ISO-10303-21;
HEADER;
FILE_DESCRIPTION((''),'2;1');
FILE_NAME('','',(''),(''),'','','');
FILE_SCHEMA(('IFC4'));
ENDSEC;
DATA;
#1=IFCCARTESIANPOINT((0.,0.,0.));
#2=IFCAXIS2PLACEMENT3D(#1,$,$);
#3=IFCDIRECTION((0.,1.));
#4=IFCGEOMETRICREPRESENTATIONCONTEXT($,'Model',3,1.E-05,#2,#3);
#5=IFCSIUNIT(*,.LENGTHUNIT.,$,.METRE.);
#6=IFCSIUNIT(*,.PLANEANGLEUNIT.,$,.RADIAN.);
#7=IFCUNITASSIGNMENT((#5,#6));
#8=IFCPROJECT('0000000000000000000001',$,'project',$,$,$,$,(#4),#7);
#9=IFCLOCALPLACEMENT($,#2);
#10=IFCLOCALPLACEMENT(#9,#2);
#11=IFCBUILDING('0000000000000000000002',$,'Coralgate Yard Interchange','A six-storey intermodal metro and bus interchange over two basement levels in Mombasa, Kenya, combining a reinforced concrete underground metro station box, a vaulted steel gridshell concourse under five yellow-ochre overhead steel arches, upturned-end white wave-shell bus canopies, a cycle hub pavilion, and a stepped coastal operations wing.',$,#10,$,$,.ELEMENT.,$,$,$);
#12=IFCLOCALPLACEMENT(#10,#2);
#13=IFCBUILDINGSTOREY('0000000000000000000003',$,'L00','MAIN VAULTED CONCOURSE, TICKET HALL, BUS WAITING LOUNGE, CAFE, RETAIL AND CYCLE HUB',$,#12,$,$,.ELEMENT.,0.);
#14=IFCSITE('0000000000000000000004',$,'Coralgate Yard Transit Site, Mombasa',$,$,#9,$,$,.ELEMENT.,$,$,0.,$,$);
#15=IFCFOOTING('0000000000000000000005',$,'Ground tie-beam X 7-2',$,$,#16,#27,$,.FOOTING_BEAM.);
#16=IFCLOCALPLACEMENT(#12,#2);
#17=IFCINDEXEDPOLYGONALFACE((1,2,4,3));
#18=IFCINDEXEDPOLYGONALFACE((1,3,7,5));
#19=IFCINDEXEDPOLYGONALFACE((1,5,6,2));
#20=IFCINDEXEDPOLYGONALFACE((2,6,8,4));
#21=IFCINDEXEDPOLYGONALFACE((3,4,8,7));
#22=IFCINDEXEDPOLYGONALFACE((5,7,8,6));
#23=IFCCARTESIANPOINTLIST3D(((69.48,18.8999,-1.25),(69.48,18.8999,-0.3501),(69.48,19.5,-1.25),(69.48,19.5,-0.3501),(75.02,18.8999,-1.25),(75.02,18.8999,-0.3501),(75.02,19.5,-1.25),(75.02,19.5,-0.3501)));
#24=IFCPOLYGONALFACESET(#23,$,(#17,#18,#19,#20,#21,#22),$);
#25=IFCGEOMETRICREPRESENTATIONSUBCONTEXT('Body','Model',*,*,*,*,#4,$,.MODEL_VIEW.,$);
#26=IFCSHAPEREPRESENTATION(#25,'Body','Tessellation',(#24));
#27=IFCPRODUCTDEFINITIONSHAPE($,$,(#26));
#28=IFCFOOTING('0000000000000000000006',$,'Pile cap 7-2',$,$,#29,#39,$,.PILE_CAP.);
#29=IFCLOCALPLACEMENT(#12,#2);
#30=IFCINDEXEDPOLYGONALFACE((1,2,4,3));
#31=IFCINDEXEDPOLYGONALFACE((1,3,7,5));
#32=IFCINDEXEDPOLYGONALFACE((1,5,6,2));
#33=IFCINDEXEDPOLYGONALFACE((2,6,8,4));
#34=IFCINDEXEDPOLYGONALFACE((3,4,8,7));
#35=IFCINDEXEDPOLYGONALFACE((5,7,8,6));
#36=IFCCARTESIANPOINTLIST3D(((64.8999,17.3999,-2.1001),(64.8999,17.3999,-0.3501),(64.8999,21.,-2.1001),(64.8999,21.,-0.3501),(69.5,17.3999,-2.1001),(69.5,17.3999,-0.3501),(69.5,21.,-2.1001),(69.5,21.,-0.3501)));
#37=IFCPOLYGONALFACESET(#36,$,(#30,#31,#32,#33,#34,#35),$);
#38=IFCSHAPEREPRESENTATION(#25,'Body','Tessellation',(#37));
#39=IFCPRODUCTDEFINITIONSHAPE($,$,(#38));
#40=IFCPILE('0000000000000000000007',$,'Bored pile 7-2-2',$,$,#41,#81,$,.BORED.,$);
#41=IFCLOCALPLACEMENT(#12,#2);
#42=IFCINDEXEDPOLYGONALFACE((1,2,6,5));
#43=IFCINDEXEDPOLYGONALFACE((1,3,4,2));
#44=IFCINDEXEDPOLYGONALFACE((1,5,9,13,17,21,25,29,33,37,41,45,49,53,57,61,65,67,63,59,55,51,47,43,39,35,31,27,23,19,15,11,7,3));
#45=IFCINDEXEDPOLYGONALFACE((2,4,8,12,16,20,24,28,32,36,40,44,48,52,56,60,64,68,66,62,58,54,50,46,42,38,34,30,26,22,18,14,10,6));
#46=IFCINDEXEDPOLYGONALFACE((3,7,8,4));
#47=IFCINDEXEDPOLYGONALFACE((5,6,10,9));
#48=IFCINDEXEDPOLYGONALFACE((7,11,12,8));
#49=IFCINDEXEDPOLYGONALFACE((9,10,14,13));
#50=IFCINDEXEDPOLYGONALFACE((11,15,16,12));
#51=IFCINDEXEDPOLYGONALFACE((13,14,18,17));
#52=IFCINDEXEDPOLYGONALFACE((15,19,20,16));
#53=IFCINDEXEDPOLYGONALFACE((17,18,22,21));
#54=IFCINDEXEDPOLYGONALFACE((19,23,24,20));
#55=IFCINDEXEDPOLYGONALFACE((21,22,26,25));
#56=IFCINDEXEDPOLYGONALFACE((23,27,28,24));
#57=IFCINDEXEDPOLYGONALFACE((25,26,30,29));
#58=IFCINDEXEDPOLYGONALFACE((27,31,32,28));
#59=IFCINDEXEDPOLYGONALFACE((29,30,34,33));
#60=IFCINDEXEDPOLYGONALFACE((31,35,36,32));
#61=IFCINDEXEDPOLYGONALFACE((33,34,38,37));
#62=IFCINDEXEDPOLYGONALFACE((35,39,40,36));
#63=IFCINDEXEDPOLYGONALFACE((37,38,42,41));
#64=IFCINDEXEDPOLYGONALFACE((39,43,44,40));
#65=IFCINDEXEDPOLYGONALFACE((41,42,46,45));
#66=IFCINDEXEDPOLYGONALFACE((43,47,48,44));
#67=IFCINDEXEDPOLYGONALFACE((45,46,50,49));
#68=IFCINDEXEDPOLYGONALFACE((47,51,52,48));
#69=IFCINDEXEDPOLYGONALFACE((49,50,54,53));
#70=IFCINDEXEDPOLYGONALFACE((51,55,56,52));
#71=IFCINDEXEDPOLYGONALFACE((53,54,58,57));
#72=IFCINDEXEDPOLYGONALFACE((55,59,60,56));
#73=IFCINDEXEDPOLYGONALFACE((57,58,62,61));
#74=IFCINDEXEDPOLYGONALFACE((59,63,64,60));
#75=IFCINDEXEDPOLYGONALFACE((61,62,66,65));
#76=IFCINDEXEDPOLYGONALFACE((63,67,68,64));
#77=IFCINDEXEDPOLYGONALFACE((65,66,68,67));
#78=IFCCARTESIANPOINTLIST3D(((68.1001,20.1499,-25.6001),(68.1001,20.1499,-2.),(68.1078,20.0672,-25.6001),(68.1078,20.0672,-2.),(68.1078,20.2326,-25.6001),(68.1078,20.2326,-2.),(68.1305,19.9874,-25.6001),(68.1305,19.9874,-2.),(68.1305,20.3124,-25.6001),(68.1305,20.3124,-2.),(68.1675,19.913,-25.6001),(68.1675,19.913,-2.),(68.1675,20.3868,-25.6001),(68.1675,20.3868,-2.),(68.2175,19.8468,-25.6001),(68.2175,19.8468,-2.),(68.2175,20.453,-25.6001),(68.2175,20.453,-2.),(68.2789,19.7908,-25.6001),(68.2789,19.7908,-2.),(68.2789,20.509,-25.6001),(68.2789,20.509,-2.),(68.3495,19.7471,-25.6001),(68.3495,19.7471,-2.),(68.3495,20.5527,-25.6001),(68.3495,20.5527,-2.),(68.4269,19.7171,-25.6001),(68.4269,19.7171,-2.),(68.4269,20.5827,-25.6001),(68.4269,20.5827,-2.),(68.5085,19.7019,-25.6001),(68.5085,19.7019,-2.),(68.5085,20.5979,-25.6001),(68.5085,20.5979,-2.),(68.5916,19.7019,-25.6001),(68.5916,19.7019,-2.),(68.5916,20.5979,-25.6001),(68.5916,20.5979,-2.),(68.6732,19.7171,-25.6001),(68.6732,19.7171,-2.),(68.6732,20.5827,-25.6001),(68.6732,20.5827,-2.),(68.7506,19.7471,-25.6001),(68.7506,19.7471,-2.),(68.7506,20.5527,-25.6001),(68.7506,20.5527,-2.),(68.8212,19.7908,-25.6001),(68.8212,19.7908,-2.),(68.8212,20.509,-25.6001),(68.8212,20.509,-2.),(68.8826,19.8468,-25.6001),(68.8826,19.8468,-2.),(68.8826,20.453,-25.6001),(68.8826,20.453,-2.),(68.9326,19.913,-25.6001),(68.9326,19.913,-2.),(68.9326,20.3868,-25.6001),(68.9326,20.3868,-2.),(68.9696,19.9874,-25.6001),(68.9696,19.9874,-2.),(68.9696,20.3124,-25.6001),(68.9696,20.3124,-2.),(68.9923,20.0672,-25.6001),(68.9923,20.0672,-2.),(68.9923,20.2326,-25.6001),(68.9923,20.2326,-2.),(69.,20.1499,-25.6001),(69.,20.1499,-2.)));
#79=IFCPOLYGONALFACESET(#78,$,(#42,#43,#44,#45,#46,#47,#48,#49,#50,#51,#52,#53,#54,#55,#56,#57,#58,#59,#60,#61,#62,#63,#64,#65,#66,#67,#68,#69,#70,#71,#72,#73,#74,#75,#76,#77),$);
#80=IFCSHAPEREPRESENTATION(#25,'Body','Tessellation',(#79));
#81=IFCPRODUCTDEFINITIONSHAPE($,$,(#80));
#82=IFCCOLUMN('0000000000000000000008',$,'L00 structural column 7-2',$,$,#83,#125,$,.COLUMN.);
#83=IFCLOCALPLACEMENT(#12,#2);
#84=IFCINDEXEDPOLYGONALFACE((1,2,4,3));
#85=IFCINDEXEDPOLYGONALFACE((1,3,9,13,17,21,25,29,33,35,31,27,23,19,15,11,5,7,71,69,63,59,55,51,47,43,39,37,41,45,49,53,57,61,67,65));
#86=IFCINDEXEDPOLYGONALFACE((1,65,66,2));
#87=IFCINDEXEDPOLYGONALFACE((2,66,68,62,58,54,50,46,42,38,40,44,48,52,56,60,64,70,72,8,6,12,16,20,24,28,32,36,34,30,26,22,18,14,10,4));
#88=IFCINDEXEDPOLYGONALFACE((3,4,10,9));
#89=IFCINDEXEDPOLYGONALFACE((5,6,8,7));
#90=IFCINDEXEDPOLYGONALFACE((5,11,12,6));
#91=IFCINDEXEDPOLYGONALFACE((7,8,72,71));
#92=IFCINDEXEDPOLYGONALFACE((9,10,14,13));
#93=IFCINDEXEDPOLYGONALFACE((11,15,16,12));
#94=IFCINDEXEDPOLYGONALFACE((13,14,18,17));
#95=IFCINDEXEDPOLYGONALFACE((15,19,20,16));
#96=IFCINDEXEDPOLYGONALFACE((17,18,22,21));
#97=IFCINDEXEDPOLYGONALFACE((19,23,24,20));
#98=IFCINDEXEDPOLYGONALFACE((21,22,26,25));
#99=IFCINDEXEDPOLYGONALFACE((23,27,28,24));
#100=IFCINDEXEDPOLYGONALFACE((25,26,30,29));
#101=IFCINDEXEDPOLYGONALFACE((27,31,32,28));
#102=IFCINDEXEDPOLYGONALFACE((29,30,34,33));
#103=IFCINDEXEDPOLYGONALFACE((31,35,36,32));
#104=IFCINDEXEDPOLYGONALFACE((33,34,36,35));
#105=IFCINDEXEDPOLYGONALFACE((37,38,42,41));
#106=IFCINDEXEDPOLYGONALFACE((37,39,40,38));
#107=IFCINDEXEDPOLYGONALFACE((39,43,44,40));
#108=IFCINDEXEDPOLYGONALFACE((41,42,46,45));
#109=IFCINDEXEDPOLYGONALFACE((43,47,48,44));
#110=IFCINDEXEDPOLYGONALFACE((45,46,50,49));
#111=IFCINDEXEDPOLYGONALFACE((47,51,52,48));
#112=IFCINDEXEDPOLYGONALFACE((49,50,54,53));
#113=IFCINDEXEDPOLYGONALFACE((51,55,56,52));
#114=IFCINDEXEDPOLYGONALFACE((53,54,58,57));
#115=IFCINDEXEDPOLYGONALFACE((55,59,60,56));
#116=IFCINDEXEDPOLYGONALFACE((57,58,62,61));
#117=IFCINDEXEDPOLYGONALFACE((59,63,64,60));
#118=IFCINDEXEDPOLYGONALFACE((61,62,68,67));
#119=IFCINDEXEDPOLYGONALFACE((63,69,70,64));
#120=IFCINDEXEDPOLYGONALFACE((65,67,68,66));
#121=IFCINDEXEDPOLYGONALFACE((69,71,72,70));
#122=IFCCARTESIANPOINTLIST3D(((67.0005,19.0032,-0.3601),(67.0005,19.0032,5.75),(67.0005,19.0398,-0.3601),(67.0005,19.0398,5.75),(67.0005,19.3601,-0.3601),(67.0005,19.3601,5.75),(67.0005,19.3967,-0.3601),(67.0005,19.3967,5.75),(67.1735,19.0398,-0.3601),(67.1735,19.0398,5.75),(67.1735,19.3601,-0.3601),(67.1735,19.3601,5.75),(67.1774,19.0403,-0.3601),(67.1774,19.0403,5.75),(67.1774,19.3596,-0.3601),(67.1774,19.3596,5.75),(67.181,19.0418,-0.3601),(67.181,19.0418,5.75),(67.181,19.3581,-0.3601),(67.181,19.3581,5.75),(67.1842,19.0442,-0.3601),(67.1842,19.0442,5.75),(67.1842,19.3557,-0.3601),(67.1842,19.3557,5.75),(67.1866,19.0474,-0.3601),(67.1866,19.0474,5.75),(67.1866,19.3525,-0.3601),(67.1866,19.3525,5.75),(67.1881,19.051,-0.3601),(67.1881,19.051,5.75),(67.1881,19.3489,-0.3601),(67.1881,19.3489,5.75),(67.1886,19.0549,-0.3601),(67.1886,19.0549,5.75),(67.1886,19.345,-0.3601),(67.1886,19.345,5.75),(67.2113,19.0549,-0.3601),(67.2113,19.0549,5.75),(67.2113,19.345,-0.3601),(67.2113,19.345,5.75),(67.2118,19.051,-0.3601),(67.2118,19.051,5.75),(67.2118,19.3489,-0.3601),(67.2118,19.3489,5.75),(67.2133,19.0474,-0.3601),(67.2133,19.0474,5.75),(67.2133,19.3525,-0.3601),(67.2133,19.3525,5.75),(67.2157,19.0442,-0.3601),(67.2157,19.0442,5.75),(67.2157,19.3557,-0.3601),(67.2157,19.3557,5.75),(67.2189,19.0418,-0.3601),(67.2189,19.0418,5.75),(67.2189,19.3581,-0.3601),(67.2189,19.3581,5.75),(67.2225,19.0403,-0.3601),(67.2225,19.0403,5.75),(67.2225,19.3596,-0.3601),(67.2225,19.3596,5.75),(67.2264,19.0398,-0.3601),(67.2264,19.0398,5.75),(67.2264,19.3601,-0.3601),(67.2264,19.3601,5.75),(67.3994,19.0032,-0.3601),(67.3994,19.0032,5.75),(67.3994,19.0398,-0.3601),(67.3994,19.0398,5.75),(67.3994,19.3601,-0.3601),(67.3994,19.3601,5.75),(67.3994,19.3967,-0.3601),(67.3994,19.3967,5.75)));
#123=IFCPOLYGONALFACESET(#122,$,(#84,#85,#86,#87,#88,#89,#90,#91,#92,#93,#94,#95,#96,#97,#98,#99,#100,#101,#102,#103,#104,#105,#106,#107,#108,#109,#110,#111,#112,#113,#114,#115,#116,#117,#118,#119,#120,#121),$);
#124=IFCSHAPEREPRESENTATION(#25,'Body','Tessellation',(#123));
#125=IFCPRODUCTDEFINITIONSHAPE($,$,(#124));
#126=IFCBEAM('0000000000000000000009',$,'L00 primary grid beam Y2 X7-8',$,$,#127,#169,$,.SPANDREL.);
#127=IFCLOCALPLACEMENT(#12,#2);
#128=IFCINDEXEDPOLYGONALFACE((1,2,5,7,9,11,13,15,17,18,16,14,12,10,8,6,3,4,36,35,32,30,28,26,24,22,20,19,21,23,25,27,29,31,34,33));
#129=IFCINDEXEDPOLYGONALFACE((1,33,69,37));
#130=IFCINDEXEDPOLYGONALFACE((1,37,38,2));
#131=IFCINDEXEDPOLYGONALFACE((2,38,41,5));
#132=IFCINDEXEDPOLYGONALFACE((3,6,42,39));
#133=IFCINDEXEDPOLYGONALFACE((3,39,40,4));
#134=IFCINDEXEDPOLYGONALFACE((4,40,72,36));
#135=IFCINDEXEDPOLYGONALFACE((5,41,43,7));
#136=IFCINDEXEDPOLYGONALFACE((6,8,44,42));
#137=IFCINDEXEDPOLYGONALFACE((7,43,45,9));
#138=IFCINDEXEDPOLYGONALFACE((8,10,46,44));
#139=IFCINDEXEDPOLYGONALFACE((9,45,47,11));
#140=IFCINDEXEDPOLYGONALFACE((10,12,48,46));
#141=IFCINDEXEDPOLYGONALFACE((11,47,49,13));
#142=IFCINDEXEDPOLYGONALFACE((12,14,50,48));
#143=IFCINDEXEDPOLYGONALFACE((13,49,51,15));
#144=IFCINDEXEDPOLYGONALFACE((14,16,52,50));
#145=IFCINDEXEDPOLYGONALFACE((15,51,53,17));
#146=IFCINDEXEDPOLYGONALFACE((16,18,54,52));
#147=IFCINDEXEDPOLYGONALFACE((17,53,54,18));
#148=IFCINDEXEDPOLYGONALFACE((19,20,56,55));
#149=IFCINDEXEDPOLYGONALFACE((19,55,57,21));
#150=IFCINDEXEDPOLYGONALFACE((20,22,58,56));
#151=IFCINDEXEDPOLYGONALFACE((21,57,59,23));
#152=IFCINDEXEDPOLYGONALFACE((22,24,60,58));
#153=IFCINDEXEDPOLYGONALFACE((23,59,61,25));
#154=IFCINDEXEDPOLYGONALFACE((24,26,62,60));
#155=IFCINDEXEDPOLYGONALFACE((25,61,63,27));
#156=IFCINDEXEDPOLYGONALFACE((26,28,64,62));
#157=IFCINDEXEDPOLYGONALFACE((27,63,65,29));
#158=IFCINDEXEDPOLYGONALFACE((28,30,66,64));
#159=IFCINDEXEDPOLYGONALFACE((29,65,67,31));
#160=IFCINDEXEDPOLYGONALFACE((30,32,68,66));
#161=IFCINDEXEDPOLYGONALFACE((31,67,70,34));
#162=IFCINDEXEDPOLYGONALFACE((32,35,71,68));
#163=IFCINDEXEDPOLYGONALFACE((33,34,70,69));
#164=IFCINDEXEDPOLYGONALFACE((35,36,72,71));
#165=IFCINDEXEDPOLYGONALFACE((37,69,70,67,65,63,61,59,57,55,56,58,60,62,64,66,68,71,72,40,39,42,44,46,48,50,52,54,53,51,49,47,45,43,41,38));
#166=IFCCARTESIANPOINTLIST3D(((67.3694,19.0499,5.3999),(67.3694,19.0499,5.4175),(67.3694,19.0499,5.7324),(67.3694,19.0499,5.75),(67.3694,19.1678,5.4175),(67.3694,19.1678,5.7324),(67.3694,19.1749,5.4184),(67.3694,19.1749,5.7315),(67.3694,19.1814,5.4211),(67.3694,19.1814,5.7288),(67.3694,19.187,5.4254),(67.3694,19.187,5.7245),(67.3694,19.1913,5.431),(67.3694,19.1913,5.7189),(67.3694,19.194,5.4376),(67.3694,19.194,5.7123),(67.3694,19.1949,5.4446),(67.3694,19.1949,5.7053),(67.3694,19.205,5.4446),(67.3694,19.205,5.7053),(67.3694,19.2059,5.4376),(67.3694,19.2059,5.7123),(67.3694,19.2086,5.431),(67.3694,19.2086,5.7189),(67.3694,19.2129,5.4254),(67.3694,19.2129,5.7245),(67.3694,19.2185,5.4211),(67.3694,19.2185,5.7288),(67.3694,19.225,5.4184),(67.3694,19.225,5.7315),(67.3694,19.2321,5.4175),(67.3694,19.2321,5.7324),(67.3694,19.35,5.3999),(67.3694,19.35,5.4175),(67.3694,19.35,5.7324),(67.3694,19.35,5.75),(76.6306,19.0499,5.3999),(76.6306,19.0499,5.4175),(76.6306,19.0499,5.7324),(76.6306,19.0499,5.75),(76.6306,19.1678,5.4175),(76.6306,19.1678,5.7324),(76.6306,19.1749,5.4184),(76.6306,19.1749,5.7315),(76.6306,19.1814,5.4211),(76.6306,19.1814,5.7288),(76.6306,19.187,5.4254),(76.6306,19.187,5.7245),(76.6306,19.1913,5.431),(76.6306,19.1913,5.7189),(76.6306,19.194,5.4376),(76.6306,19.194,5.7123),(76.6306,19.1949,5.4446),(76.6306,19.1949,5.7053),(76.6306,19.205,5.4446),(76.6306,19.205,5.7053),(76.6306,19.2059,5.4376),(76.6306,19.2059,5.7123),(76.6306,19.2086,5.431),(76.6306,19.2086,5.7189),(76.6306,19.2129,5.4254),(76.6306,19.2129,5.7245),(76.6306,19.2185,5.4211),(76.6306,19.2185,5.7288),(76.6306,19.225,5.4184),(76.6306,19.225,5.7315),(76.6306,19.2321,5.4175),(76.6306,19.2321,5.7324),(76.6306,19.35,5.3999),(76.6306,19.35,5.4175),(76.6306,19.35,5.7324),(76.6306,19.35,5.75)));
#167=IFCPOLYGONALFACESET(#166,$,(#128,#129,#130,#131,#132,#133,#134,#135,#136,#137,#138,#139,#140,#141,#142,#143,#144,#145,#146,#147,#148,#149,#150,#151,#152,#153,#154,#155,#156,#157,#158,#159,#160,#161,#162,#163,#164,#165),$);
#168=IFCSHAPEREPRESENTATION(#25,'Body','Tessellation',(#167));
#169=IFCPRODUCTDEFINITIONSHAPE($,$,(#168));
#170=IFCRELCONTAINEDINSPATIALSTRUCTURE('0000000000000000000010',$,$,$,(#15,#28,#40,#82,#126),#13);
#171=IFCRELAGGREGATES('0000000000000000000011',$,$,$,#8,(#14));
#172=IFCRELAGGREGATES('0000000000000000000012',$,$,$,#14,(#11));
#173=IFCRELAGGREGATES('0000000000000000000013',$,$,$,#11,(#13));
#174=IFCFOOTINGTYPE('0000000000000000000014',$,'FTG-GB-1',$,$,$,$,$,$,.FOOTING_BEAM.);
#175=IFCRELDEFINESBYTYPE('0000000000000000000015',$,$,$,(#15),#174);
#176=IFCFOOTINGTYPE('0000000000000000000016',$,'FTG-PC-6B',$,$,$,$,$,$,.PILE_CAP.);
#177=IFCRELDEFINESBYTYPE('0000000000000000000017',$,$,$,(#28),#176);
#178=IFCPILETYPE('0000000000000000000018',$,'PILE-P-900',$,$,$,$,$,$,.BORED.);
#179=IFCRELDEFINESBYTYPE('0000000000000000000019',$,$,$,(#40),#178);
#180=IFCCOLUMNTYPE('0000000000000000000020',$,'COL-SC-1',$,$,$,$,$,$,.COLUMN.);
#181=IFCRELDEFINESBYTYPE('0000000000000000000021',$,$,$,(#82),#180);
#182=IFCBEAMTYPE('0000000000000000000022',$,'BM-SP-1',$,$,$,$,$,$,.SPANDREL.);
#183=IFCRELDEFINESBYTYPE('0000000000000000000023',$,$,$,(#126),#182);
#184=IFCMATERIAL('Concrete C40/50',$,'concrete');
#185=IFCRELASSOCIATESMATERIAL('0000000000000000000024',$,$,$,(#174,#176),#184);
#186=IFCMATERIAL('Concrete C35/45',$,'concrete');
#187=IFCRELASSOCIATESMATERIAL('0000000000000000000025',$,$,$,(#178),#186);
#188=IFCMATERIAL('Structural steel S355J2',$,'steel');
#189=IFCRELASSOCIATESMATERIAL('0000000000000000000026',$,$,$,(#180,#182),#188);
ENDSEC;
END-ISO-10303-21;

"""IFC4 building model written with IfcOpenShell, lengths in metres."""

from ifc_helpers import new_model, si_unit, direction, frame, origin, origin_2d, place, context, subcontext, project, spatial, rectangle, circle, i_section, extrude, material, material_profile, profile_set, type_object, element, save


model = new_model("IFC4")

# Units and contexts
model_context = context("Model", 3, precision=1e-05, world=origin(), true_north=direction((0.0, 1.0)))
body_context = subcontext(model_context, "Body", "Model", "MODEL_VIEW")
ifc_project = project(units=[si_unit("LENGTHUNIT", "METRE"), si_unit("PLANEANGLEUNIT", "RADIAN")], contexts=[model_context])

# Site, building, storey
site_placement = place(None, origin())
site = spatial("IfcSite", under=ifc_project, at=site_placement, Name="Coralgate Yard Transit Site, Mombasa", CompositionType="ELEMENT", RefElevation=0.0)
building_placement = place(site_placement, origin())
building = spatial("IfcBuilding", under=site, at=building_placement, Name="Coralgate Yard Interchange", Description="A six-storey intermodal metro and bus interchange over two basement levels in Mombasa, Kenya, combining a reinforced concrete underground metro station box, a vaulted steel gridshell concourse under five yellow-ochre overhead steel arches, upturned-end white wave-shell bus canopies, a cycle hub pavilion, and a stepped coastal operations wing.", CompositionType="ELEMENT")
storey_placement = place(building_placement, origin())
storey = spatial("IfcBuildingStorey", under=building, at=storey_placement, Name="L00", Description="MAIN VAULTED CONCOURSE, TICKET HALL, BUS WAITING LOUNGE, CAFE, RETAIL AND CYCLE HUB", CompositionType="ELEMENT", Elevation=0.0)

# Footings
ifc_material_1 = material(Name="Concrete C40/50", Category="concrete")
ifc_material_profile_1 = material_profile(ifc_material_1, rectangle(XDim=0.6001, YDim=0.8999, at=origin_2d()), Name="RC 600x900")
ifc_profile_set_1 = profile_set([ifc_material_profile_1], Name="Concrete C40/50")
footing_type_1 = type_object("IfcFootingType", Name="FTG-GB-1", PredefinedType="FOOTING_BEAM", material=ifc_profile_set_1)
footing_1_placement = place(storey_placement, frame((69.48, 19.2, -0.8), z_axis=(1.0, 0.0, 0.0), x_axis=(0.0, 1.0, 0.0)))
element("IfcFooting", 1, at=footing_1_placement, inside=storey, type_object=footing_type_1, Name="Ground tie-beam X 7-2", PredefinedType="FOOTING_BEAM", context=body_context, shape_type="SweptSolid", body=[
    extrude(rectangle(XDim=0.6001, YDim=0.8999, at=origin_2d()), origin(), (0.0, 0.0, 1.0), 5.54),
])
footing_type_2 = type_object("IfcFootingType", Name="FTG-PC-6B", PredefinedType="PILE_CAP", material=ifc_material_1)
footing_2_placement = place(storey_placement, frame((67.2, 19.2, -2.1001), z_axis=(0.0, 0.0, 1.0), x_axis=(1.0, 0.0, 0.0)))
element("IfcFooting", 2, at=footing_2_placement, inside=storey, type_object=footing_type_2, Name="Pile cap 7-2", PredefinedType="PILE_CAP", context=body_context, shape_type="SweptSolid", body=[
    extrude(rectangle(XDim=4.6001, YDim=3.6001, at=origin_2d()), origin(), (0.0, 0.0, 1.0), 1.75),
])

# Pile
ifc_material_2 = material(Name="Concrete C35/45", Category="concrete")
ifc_material_profile_2 = material_profile(ifc_material_2, circle(Radius=0.45, at=origin_2d()), Name="BORED PILE D900")
ifc_profile_set_2 = profile_set([ifc_material_profile_2], Name="Concrete C35/45")
pile_type = type_object("IfcPileType", Name="PILE-P-900", PredefinedType="BORED", material=ifc_profile_set_2)
pile_placement = place(storey_placement, frame((68.55, 20.1499, -2.0), z_axis=(0.0, 0.0, -1.0), x_axis=(1.0, 0.0, 0.0)))
element("IfcPile", 3, at=pile_placement, inside=storey, type_object=pile_type, Name="Bored pile 7-2-2", PredefinedType="BORED", context=body_context, shape_type="SweptSolid", body=[
    extrude(circle(Radius=0.45, at=origin_2d()), origin(), (0.0, 0.0, 1.0), 23.6001),
])

# Column
ifc_material_3 = material(Name="Structural steel S355J2", Category="steel")
ifc_material_profile_3 = material_profile(ifc_material_3, i_section(OverallWidth=0.3989, OverallDepth=0.3936, WebThickness=0.0227, FlangeThickness=0.0366, FilletRadius=0.0151, at=origin_2d()), Name="UC 356x406x287")
ifc_profile_set_3 = profile_set([ifc_material_profile_3], Name="Structural steel S355J2")
column_type = type_object("IfcColumnType", Name="COL-SC-1", PredefinedType="COLUMN", material=ifc_profile_set_3)
column_placement = place(storey_placement, frame((67.2, 19.2, -0.3601), z_axis=(0.0, 0.0, 1.0), x_axis=(1.0, 0.0, 0.0)))
element("IfcColumn", 4, at=column_placement, inside=storey, type_object=column_type, Name="L00 structural column 7-2", PredefinedType="COLUMN", context=body_context, shape_type="SweptSolid", body=[
    extrude(i_section(OverallWidth=0.3989, OverallDepth=0.3936, WebThickness=0.0227, FlangeThickness=0.0366, FilletRadius=0.0151, at=origin_2d()), origin(), (0.0, 0.0, 1.0), 6.1101),
])

# Beam
ifc_material_profile_4 = material_profile(ifc_material_3, i_section(OverallWidth=0.3, OverallDepth=0.3501, WebThickness=0.01, FlangeThickness=0.0176, FilletRadius=0.0271, at=origin_2d()), Name="HEA 360")
ifc_profile_set_4 = profile_set([ifc_material_profile_4], Name="Structural steel S355J2")
beam_type = type_object("IfcBeamType", Name="BM-SP-1", PredefinedType="SPANDREL", material=ifc_profile_set_4)
beam_placement = place(storey_placement, frame((67.3694, 19.2, 5.575), z_axis=(1.0, 0.0, 0.0), x_axis=(0.0, 1.0, 0.0)))
element("IfcBeam", 5, at=beam_placement, inside=storey, type_object=beam_type, Name="L00 primary grid beam Y2 X7-8", PredefinedType="SPANDREL", context=body_context, shape_type="SweptSolid", body=[
    extrude(i_section(OverallWidth=0.3, OverallDepth=0.3501, WebThickness=0.01, FlangeThickness=0.0176, FilletRadius=0.0271, at=origin_2d()), origin(), (0.0, 0.0, 1.0), 9.2612),
])

save(model, "model.ifc")
